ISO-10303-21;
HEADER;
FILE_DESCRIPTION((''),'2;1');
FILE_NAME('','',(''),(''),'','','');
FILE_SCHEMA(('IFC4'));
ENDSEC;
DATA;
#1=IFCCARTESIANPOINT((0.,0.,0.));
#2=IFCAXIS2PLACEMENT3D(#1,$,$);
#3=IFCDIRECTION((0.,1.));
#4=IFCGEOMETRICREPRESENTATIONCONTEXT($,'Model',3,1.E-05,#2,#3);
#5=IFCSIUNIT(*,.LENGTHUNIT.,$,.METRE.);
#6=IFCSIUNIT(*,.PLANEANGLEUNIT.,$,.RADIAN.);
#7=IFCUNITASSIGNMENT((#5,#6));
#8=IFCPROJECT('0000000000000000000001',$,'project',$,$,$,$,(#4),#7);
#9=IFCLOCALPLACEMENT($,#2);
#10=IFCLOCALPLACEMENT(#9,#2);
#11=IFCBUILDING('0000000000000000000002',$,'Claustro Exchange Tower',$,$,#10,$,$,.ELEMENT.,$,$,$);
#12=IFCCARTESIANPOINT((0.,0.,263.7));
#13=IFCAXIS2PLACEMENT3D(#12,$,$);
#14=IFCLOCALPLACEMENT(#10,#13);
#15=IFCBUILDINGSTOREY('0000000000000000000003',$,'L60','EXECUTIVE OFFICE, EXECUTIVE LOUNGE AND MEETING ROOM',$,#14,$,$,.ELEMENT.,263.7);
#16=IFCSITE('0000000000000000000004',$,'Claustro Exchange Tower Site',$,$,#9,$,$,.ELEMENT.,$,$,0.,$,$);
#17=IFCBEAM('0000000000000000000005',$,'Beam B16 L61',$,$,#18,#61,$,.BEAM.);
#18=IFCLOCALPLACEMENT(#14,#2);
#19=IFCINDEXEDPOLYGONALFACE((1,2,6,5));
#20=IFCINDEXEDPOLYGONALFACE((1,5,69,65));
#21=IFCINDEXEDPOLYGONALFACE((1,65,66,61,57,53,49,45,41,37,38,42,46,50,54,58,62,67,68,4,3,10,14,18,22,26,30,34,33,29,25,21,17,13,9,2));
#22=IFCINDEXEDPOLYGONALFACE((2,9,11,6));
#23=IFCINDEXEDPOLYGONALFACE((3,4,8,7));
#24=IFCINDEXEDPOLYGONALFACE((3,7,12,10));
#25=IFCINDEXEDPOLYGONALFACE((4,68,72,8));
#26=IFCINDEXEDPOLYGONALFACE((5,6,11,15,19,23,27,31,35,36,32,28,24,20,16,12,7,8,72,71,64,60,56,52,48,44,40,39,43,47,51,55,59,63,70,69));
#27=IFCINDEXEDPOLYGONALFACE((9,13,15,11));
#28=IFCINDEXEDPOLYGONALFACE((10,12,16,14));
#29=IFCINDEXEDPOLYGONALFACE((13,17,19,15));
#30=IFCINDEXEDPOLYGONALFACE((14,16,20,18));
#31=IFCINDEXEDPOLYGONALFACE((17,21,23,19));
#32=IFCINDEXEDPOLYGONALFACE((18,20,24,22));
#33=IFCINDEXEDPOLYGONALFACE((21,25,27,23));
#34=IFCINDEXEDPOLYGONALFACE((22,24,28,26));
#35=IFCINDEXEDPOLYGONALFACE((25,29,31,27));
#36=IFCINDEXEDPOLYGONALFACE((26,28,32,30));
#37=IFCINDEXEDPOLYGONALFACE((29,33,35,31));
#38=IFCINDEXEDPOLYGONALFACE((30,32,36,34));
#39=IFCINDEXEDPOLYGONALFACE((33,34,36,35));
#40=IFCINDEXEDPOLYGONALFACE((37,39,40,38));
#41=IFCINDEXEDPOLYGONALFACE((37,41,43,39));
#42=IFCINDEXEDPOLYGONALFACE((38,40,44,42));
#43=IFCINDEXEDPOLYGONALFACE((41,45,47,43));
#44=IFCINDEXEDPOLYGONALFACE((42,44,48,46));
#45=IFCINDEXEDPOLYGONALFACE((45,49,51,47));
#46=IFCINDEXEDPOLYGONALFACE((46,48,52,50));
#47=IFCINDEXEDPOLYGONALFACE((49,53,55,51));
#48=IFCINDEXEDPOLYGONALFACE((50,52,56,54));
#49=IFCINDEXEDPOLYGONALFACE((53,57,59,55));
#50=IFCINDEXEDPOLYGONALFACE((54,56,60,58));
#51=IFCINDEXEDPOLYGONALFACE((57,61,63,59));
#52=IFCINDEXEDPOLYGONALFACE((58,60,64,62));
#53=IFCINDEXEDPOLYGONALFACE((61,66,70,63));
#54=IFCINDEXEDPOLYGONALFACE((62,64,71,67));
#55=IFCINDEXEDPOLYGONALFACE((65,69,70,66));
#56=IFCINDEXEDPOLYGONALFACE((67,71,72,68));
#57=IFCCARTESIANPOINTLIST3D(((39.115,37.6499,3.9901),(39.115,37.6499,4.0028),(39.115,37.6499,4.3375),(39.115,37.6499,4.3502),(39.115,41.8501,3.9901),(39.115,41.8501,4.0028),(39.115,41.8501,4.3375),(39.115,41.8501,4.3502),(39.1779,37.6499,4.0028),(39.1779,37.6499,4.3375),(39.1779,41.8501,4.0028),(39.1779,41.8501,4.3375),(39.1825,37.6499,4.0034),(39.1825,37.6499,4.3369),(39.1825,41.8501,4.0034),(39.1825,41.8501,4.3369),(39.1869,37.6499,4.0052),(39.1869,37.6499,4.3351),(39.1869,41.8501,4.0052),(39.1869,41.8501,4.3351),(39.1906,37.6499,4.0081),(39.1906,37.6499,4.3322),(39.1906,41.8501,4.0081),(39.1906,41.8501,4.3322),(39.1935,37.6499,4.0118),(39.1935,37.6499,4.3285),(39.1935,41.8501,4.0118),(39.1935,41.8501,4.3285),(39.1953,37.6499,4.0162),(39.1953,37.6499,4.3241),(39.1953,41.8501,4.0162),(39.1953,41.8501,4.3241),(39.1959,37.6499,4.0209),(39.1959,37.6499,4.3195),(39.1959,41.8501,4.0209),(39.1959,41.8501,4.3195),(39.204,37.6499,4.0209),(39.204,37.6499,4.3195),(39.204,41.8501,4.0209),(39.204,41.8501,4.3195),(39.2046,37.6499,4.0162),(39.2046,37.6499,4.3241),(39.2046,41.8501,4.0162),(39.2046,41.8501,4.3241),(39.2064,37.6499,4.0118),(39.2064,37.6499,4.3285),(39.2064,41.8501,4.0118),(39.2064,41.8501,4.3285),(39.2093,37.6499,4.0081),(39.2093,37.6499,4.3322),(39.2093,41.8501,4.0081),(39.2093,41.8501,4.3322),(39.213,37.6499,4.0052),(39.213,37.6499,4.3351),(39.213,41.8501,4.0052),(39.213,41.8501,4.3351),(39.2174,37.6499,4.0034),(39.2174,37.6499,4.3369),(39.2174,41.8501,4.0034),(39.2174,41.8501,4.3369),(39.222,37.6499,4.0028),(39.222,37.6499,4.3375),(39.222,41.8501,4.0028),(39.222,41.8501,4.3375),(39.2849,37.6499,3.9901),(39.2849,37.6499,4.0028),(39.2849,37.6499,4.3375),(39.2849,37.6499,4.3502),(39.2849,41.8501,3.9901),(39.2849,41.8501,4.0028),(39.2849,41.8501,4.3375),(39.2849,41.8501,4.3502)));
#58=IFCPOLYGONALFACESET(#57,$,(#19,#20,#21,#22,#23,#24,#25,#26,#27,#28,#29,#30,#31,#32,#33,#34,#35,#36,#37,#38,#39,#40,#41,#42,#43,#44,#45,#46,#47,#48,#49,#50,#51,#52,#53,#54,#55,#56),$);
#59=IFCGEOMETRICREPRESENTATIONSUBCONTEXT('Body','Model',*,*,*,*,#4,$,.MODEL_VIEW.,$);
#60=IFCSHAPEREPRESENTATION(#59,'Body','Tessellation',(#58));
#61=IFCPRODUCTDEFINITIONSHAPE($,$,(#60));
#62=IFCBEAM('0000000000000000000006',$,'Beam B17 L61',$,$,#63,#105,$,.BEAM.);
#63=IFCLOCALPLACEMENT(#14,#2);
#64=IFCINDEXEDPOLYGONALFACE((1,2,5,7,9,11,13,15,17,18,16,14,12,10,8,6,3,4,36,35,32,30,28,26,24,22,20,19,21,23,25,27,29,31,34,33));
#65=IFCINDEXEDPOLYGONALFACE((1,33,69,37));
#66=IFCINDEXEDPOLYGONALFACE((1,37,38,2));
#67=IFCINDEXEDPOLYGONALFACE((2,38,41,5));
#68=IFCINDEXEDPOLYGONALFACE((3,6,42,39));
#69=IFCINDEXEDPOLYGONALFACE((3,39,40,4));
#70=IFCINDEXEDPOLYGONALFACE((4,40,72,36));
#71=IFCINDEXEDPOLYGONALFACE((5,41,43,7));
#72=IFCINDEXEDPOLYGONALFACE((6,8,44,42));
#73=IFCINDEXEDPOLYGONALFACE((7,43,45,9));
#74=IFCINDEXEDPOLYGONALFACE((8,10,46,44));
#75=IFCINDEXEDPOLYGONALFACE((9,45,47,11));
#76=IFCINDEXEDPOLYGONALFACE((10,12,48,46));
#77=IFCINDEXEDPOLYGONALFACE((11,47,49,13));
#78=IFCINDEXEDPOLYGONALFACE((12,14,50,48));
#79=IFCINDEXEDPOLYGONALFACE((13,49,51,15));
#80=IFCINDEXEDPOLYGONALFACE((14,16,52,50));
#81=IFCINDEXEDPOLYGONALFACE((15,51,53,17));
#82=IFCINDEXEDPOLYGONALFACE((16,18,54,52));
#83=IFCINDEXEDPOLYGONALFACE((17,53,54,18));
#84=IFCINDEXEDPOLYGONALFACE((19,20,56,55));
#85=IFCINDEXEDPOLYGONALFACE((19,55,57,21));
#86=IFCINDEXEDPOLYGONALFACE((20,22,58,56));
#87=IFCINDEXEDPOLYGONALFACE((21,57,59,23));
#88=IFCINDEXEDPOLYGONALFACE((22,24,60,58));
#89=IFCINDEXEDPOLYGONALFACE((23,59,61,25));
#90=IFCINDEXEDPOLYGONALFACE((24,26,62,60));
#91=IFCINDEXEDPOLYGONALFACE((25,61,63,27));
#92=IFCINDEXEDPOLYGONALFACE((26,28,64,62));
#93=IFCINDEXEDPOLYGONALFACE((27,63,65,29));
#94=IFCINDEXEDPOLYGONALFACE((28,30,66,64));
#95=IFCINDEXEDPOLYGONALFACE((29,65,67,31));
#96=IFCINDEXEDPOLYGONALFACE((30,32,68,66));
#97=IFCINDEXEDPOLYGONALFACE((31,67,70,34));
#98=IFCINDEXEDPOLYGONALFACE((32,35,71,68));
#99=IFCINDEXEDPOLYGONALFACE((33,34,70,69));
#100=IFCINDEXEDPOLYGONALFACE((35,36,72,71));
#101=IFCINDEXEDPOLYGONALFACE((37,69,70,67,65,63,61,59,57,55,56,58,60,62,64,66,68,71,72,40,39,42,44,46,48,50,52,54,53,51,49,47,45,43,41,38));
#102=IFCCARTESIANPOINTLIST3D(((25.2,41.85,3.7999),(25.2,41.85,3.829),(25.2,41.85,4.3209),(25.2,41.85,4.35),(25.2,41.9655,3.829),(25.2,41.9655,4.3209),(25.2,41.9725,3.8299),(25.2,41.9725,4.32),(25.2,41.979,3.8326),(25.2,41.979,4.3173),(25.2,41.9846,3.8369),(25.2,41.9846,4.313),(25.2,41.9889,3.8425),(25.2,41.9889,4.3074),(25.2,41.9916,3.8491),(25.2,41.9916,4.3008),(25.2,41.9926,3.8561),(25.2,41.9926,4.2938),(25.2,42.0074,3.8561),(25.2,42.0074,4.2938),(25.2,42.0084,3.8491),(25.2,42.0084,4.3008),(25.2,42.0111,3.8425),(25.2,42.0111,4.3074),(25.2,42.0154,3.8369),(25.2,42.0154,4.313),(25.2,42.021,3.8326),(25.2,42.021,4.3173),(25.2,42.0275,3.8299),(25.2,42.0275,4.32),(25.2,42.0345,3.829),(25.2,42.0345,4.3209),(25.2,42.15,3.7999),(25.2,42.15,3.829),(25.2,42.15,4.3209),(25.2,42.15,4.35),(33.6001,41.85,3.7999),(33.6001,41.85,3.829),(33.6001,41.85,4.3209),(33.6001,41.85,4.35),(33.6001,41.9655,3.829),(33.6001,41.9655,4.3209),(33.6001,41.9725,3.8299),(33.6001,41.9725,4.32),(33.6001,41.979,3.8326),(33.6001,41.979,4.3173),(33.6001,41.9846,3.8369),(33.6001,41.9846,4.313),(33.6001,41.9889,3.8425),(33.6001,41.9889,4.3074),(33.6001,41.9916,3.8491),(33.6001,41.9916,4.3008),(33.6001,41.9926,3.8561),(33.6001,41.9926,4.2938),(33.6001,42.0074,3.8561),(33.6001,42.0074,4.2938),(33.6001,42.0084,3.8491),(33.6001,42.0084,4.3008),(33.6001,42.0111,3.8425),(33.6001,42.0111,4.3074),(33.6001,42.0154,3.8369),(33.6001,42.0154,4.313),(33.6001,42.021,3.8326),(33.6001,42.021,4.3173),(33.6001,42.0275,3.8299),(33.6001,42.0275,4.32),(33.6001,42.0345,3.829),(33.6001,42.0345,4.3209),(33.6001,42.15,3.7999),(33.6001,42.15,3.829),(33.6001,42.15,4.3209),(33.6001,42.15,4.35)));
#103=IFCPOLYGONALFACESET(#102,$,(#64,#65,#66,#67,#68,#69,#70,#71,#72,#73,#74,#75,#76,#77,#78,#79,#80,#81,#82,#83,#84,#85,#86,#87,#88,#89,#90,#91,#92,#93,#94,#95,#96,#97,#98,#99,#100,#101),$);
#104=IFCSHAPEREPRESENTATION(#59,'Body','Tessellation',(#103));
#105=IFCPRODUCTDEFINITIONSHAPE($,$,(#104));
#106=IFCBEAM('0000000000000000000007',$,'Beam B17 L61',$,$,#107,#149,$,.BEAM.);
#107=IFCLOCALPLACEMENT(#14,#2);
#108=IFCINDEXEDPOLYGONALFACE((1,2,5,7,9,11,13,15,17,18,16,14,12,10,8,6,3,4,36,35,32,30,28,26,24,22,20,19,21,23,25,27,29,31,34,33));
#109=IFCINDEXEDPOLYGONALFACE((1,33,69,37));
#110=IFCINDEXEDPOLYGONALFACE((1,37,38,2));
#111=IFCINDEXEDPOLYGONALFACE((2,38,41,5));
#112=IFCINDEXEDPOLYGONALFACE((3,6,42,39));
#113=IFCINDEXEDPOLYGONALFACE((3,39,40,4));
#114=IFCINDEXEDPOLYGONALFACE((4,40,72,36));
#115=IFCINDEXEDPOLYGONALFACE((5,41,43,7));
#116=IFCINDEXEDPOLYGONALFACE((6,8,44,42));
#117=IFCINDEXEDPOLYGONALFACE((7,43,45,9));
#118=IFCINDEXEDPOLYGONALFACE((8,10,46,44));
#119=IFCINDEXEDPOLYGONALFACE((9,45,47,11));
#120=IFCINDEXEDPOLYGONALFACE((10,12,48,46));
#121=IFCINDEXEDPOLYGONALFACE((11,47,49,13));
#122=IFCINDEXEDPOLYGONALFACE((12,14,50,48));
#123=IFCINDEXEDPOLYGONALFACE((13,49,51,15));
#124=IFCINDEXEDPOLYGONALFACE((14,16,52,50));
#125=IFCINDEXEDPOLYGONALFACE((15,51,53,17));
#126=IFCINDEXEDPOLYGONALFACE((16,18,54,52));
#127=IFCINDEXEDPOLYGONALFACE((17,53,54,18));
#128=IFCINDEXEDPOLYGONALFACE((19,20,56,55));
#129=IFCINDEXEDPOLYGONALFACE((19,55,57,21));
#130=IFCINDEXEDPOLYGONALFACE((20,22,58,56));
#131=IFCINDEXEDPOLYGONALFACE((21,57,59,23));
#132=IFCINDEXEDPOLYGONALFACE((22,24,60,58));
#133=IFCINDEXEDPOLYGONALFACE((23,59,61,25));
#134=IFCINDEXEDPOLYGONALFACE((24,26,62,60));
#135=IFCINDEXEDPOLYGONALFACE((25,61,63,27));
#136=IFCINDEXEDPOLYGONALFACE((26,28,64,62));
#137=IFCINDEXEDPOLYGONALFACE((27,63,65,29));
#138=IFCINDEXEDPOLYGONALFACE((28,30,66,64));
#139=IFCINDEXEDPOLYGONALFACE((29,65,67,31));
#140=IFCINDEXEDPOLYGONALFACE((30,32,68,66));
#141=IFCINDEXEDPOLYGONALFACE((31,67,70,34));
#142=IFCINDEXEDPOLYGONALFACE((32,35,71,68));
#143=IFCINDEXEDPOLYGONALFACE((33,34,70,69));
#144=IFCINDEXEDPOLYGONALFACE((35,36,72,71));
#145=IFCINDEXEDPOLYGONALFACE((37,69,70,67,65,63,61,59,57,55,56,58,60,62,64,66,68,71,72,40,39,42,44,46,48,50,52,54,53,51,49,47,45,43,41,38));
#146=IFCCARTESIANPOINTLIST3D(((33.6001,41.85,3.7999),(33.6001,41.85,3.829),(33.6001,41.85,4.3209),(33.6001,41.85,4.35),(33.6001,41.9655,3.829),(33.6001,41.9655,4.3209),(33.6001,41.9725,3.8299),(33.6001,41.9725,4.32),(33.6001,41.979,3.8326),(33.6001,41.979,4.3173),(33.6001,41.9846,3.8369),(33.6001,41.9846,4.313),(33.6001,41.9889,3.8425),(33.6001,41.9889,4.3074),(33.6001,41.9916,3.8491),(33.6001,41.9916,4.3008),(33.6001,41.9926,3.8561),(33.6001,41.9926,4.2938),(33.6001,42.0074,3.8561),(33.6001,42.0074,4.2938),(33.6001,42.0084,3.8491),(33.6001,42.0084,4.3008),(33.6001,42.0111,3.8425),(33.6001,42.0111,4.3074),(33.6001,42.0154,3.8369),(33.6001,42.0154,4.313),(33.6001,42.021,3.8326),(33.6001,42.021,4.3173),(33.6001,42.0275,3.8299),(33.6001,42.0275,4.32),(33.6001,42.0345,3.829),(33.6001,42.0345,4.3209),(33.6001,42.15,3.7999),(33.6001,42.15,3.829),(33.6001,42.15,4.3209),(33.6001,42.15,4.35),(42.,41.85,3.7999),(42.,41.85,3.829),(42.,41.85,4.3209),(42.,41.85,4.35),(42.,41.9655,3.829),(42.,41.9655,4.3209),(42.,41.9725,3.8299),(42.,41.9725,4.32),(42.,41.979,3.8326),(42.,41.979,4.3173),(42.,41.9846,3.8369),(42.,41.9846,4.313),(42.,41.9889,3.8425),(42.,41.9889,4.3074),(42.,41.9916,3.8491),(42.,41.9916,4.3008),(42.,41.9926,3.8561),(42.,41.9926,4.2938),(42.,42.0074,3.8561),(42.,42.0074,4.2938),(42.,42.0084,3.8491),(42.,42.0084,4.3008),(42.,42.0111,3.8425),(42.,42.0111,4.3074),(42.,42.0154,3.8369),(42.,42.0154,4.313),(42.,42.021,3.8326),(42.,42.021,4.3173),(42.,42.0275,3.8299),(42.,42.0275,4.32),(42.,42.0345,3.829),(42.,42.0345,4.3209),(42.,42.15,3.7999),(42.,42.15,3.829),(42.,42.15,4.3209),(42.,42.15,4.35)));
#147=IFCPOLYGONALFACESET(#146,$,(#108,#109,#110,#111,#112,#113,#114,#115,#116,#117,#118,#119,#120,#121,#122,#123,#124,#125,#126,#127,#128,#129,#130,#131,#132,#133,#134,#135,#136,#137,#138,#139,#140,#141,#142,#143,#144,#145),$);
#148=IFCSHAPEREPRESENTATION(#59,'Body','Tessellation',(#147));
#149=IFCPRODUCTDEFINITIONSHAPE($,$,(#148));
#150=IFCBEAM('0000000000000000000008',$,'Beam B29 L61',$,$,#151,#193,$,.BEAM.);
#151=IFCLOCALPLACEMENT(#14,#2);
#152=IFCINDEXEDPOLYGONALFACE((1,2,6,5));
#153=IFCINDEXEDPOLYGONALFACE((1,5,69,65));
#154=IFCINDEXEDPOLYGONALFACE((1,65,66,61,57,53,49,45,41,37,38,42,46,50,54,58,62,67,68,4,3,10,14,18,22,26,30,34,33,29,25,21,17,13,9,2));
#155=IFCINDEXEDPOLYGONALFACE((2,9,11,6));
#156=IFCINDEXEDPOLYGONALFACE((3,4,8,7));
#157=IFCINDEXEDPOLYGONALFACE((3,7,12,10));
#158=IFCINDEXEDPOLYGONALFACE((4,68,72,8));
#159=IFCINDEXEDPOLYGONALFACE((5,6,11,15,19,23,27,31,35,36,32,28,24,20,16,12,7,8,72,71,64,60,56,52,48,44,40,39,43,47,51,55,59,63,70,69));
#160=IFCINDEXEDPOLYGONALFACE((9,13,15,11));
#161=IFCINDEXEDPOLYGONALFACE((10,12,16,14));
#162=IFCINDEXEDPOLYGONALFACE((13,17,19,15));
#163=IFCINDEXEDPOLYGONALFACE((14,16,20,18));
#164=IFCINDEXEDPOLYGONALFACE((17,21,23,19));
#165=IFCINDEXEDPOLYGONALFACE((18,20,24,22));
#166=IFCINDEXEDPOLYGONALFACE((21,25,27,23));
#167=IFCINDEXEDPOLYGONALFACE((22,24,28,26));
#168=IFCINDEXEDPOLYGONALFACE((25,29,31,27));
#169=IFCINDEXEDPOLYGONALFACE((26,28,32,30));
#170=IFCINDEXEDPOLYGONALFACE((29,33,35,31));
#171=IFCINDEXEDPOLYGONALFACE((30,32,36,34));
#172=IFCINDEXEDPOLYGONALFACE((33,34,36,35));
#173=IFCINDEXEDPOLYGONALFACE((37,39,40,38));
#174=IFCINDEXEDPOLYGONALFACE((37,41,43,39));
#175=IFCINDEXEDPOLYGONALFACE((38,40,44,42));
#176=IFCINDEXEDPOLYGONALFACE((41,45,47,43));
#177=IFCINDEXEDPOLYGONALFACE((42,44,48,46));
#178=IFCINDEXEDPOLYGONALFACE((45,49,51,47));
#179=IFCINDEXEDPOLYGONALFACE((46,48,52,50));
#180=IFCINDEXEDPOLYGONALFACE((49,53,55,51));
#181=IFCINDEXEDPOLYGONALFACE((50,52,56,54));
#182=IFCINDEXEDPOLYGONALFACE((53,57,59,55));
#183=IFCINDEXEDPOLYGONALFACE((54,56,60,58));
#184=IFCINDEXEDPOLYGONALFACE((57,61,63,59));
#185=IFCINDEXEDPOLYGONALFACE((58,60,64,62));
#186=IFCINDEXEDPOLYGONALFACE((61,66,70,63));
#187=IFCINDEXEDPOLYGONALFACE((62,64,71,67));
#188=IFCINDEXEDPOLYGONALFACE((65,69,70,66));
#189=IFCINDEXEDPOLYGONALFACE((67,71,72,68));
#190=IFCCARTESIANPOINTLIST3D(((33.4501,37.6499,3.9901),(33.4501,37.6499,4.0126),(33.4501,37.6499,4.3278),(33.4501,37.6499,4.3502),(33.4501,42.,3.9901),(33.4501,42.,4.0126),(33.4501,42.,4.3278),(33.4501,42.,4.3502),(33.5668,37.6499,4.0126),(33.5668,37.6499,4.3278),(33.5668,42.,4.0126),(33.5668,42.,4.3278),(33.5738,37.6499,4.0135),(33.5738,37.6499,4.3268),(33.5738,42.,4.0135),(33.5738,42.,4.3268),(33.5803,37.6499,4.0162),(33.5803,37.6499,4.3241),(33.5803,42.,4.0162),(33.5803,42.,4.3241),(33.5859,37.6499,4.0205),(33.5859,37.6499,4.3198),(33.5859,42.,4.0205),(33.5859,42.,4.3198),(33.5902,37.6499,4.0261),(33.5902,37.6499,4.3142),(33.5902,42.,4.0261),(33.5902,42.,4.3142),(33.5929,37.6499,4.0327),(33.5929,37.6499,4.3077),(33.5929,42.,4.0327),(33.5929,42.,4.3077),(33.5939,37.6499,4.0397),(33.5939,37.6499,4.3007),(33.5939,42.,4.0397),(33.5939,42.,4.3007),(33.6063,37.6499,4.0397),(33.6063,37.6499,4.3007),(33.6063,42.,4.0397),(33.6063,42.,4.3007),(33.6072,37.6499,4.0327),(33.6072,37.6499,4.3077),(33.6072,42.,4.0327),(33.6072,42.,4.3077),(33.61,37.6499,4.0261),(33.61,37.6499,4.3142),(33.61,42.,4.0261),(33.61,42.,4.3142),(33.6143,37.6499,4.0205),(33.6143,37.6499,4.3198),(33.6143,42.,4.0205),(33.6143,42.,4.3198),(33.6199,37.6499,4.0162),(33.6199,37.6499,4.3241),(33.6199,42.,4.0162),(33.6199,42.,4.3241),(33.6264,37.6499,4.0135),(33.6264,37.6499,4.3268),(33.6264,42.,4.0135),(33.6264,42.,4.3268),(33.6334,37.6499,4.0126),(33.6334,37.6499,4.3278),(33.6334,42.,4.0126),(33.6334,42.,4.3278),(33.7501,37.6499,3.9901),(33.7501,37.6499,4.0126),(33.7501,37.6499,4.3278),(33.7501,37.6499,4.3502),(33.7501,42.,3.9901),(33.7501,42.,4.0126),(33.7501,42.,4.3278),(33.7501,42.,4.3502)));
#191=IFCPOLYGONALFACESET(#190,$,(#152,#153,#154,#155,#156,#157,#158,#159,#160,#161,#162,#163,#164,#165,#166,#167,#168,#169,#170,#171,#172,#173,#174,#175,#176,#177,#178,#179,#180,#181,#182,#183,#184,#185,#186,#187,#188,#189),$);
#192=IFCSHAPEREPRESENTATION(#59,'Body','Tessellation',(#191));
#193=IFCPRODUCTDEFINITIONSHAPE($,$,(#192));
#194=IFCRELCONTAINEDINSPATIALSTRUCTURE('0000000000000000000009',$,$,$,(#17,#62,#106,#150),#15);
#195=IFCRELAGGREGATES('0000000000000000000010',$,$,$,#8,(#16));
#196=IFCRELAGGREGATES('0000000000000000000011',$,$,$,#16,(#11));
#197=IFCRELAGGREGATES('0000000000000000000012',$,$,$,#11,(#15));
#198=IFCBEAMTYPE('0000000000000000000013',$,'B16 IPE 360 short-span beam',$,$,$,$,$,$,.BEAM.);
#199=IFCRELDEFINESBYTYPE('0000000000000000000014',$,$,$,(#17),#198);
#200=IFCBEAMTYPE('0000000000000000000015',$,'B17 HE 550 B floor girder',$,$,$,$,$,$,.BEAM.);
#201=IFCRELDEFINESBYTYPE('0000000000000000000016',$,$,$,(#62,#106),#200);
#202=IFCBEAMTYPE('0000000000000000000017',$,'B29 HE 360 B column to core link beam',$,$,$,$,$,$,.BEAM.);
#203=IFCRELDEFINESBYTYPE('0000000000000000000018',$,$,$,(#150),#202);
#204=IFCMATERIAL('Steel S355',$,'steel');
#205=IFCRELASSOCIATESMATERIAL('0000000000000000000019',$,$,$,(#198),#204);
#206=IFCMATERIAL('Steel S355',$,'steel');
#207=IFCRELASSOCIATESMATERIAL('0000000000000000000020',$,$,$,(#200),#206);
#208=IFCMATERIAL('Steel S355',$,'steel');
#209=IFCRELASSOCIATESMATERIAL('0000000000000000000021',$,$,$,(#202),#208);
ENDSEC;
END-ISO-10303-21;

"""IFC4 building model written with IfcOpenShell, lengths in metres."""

from ifc_helpers import new_model, si_unit, direction, frame, origin, origin_2d, place, context, subcontext, project, spatial, i_section, extrude, material, material_profile, profile_set, type_object, element, save


model = new_model("IFC4")

# Units and contexts
model_context = context("Model", 3, precision=1e-05, world=origin(), true_north=direction((0.0, 1.0)))
body_context = subcontext(model_context, "Body", "Model", "MODEL_VIEW")
ifc_project = project(units=[si_unit("LENGTHUNIT", "METRE"), si_unit("PLANEANGLEUNIT", "RADIAN")], contexts=[model_context])

# Site, building, storey
site_placement = place(None, origin())
site = spatial("IfcSite", under=ifc_project, at=site_placement, Name="Claustro Exchange Tower Site", CompositionType="ELEMENT", RefElevation=0.0)
building_placement = place(site_placement, origin())
building = spatial("IfcBuilding", under=site, at=building_placement, Name="Claustro Exchange Tower", CompositionType="ELEMENT")
storey_placement = place(building_placement, frame((0.0, 0.0, 263.7)))
storey = spatial("IfcBuildingStorey", under=building, at=storey_placement, Name="L60", Description="EXECUTIVE OFFICE, EXECUTIVE LOUNGE AND MEETING ROOM", CompositionType="ELEMENT", Elevation=263.7)

# Beams
ifc_material_1 = material(Name="Steel S355", Category="steel")
ifc_material_profile_1 = material_profile(ifc_material_1, i_section(OverallWidth=0.1699, OverallDepth=0.3601, WebThickness=0.0081, FlangeThickness=0.0127, FilletRadius=0.0181, at=origin_2d()), Name="IPE 360")
ifc_profile_set_1 = profile_set([ifc_material_profile_1], Name="Steel S355")
beam_type_1 = type_object("IfcBeamType", Name="B16 IPE 360 short-span beam", PredefinedType="BEAM", material=ifc_profile_set_1)
for number, where, z_axis, x_axis, name in (
    (1, (39.2, 37.6499, 4.1702), (0.0, 1.0, 0.0), (-1.0, 0.0, 0.0), "Beam B16 L61"),
):
    element("IfcBeam", number, at=place(storey_placement, frame(where, z_axis=z_axis, x_axis=x_axis)), inside=storey, type_object=beam_type_1, Name=name, PredefinedType="BEAM", context=body_context, shape_type="SweptSolid", body=[
        extrude(i_section(OverallWidth=0.1699, OverallDepth=0.3601, WebThickness=0.0081, FlangeThickness=0.0127, FilletRadius=0.0181, at=origin_2d()), origin(), (0.0, 0.0, 1.0), 4.2002),
    ])
ifc_material_2 = material(Name="Steel S355", Category="steel")
ifc_material_profile_2 = material_profile(ifc_material_2, i_section(OverallWidth=0.3, OverallDepth=0.55, WebThickness=0.0149, FlangeThickness=0.0291, FilletRadius=0.0271, at=origin_2d()), Name="HE 550 B")
ifc_profile_set_2 = profile_set([ifc_material_profile_2], Name="Steel S355")
beam_type_2 = type_object("IfcBeamType", Name="B17 HE 550 B floor girder", PredefinedType="BEAM", material=ifc_profile_set_2)
beam_1_placement = place(storey_placement, frame((25.2, 42.0, 4.075), z_axis=(1.0, 0.0, 0.0), x_axis=(0.0, 1.0, 0.0)))
element("IfcBeam", 2, at=beam_1_placement, inside=storey, type_object=beam_type_2, Name="Beam B17 L61", PredefinedType="BEAM", context=body_context, shape_type="SweptSolid", body=[
    extrude(i_section(OverallWidth=0.3, OverallDepth=0.55, WebThickness=0.0149, FlangeThickness=0.0291, FilletRadius=0.0271, at=origin_2d()), origin(), (0.0, 0.0, 1.0), 8.4001),
])
beam_2_placement = place(storey_placement, frame((33.6001, 42.0, 4.075), z_axis=(1.0, 0.0, 0.0), x_axis=(0.0, 1.0, 0.0)))
element("IfcBeam", 3, at=beam_2_placement, inside=storey, type_object=beam_type_2, Name="Beam B17 L61", PredefinedType="BEAM", context=body_context, shape_type="SweptSolid", body=[
    extrude(i_section(OverallWidth=0.3, OverallDepth=0.55, WebThickness=0.0149, FlangeThickness=0.0291, FilletRadius=0.0271, at=origin_2d()), origin(), (0.0, 0.0, 1.0), 8.3999),
])
ifc_material_3 = material(Name="Steel S355", Category="steel")
ifc_material_profile_3 = material_profile(ifc_material_3, i_section(OverallWidth=0.3, OverallDepth=0.3601, WebThickness=0.0125, FlangeThickness=0.0225, FilletRadius=0.0271, at=origin_2d()), Name="HE 360 B")
ifc_profile_set_3 = profile_set([ifc_material_profile_3], Name="Steel S355")
beam_type_3 = type_object("IfcBeamType", Name="B29 HE 360 B column to core link beam", PredefinedType="BEAM", material=ifc_profile_set_3)
beam_3_placement = place(storey_placement, frame((33.6001, 37.6499, 4.1702), z_axis=(0.0, 1.0, 0.0), x_axis=(-1.0, 0.0, 0.0)))
element("IfcBeam", 4, at=beam_3_placement, inside=storey, type_object=beam_type_3, Name="Beam B29 L61", PredefinedType="BEAM", context=body_context, shape_type="SweptSolid", body=[
    extrude(i_section(OverallWidth=0.3, OverallDepth=0.3601, WebThickness=0.0125, FlangeThickness=0.0225, FilletRadius=0.0271, at=origin_2d()), origin(), (0.0, 0.0, 1.0), 4.3501),
])

save(model, "model.ifc")
